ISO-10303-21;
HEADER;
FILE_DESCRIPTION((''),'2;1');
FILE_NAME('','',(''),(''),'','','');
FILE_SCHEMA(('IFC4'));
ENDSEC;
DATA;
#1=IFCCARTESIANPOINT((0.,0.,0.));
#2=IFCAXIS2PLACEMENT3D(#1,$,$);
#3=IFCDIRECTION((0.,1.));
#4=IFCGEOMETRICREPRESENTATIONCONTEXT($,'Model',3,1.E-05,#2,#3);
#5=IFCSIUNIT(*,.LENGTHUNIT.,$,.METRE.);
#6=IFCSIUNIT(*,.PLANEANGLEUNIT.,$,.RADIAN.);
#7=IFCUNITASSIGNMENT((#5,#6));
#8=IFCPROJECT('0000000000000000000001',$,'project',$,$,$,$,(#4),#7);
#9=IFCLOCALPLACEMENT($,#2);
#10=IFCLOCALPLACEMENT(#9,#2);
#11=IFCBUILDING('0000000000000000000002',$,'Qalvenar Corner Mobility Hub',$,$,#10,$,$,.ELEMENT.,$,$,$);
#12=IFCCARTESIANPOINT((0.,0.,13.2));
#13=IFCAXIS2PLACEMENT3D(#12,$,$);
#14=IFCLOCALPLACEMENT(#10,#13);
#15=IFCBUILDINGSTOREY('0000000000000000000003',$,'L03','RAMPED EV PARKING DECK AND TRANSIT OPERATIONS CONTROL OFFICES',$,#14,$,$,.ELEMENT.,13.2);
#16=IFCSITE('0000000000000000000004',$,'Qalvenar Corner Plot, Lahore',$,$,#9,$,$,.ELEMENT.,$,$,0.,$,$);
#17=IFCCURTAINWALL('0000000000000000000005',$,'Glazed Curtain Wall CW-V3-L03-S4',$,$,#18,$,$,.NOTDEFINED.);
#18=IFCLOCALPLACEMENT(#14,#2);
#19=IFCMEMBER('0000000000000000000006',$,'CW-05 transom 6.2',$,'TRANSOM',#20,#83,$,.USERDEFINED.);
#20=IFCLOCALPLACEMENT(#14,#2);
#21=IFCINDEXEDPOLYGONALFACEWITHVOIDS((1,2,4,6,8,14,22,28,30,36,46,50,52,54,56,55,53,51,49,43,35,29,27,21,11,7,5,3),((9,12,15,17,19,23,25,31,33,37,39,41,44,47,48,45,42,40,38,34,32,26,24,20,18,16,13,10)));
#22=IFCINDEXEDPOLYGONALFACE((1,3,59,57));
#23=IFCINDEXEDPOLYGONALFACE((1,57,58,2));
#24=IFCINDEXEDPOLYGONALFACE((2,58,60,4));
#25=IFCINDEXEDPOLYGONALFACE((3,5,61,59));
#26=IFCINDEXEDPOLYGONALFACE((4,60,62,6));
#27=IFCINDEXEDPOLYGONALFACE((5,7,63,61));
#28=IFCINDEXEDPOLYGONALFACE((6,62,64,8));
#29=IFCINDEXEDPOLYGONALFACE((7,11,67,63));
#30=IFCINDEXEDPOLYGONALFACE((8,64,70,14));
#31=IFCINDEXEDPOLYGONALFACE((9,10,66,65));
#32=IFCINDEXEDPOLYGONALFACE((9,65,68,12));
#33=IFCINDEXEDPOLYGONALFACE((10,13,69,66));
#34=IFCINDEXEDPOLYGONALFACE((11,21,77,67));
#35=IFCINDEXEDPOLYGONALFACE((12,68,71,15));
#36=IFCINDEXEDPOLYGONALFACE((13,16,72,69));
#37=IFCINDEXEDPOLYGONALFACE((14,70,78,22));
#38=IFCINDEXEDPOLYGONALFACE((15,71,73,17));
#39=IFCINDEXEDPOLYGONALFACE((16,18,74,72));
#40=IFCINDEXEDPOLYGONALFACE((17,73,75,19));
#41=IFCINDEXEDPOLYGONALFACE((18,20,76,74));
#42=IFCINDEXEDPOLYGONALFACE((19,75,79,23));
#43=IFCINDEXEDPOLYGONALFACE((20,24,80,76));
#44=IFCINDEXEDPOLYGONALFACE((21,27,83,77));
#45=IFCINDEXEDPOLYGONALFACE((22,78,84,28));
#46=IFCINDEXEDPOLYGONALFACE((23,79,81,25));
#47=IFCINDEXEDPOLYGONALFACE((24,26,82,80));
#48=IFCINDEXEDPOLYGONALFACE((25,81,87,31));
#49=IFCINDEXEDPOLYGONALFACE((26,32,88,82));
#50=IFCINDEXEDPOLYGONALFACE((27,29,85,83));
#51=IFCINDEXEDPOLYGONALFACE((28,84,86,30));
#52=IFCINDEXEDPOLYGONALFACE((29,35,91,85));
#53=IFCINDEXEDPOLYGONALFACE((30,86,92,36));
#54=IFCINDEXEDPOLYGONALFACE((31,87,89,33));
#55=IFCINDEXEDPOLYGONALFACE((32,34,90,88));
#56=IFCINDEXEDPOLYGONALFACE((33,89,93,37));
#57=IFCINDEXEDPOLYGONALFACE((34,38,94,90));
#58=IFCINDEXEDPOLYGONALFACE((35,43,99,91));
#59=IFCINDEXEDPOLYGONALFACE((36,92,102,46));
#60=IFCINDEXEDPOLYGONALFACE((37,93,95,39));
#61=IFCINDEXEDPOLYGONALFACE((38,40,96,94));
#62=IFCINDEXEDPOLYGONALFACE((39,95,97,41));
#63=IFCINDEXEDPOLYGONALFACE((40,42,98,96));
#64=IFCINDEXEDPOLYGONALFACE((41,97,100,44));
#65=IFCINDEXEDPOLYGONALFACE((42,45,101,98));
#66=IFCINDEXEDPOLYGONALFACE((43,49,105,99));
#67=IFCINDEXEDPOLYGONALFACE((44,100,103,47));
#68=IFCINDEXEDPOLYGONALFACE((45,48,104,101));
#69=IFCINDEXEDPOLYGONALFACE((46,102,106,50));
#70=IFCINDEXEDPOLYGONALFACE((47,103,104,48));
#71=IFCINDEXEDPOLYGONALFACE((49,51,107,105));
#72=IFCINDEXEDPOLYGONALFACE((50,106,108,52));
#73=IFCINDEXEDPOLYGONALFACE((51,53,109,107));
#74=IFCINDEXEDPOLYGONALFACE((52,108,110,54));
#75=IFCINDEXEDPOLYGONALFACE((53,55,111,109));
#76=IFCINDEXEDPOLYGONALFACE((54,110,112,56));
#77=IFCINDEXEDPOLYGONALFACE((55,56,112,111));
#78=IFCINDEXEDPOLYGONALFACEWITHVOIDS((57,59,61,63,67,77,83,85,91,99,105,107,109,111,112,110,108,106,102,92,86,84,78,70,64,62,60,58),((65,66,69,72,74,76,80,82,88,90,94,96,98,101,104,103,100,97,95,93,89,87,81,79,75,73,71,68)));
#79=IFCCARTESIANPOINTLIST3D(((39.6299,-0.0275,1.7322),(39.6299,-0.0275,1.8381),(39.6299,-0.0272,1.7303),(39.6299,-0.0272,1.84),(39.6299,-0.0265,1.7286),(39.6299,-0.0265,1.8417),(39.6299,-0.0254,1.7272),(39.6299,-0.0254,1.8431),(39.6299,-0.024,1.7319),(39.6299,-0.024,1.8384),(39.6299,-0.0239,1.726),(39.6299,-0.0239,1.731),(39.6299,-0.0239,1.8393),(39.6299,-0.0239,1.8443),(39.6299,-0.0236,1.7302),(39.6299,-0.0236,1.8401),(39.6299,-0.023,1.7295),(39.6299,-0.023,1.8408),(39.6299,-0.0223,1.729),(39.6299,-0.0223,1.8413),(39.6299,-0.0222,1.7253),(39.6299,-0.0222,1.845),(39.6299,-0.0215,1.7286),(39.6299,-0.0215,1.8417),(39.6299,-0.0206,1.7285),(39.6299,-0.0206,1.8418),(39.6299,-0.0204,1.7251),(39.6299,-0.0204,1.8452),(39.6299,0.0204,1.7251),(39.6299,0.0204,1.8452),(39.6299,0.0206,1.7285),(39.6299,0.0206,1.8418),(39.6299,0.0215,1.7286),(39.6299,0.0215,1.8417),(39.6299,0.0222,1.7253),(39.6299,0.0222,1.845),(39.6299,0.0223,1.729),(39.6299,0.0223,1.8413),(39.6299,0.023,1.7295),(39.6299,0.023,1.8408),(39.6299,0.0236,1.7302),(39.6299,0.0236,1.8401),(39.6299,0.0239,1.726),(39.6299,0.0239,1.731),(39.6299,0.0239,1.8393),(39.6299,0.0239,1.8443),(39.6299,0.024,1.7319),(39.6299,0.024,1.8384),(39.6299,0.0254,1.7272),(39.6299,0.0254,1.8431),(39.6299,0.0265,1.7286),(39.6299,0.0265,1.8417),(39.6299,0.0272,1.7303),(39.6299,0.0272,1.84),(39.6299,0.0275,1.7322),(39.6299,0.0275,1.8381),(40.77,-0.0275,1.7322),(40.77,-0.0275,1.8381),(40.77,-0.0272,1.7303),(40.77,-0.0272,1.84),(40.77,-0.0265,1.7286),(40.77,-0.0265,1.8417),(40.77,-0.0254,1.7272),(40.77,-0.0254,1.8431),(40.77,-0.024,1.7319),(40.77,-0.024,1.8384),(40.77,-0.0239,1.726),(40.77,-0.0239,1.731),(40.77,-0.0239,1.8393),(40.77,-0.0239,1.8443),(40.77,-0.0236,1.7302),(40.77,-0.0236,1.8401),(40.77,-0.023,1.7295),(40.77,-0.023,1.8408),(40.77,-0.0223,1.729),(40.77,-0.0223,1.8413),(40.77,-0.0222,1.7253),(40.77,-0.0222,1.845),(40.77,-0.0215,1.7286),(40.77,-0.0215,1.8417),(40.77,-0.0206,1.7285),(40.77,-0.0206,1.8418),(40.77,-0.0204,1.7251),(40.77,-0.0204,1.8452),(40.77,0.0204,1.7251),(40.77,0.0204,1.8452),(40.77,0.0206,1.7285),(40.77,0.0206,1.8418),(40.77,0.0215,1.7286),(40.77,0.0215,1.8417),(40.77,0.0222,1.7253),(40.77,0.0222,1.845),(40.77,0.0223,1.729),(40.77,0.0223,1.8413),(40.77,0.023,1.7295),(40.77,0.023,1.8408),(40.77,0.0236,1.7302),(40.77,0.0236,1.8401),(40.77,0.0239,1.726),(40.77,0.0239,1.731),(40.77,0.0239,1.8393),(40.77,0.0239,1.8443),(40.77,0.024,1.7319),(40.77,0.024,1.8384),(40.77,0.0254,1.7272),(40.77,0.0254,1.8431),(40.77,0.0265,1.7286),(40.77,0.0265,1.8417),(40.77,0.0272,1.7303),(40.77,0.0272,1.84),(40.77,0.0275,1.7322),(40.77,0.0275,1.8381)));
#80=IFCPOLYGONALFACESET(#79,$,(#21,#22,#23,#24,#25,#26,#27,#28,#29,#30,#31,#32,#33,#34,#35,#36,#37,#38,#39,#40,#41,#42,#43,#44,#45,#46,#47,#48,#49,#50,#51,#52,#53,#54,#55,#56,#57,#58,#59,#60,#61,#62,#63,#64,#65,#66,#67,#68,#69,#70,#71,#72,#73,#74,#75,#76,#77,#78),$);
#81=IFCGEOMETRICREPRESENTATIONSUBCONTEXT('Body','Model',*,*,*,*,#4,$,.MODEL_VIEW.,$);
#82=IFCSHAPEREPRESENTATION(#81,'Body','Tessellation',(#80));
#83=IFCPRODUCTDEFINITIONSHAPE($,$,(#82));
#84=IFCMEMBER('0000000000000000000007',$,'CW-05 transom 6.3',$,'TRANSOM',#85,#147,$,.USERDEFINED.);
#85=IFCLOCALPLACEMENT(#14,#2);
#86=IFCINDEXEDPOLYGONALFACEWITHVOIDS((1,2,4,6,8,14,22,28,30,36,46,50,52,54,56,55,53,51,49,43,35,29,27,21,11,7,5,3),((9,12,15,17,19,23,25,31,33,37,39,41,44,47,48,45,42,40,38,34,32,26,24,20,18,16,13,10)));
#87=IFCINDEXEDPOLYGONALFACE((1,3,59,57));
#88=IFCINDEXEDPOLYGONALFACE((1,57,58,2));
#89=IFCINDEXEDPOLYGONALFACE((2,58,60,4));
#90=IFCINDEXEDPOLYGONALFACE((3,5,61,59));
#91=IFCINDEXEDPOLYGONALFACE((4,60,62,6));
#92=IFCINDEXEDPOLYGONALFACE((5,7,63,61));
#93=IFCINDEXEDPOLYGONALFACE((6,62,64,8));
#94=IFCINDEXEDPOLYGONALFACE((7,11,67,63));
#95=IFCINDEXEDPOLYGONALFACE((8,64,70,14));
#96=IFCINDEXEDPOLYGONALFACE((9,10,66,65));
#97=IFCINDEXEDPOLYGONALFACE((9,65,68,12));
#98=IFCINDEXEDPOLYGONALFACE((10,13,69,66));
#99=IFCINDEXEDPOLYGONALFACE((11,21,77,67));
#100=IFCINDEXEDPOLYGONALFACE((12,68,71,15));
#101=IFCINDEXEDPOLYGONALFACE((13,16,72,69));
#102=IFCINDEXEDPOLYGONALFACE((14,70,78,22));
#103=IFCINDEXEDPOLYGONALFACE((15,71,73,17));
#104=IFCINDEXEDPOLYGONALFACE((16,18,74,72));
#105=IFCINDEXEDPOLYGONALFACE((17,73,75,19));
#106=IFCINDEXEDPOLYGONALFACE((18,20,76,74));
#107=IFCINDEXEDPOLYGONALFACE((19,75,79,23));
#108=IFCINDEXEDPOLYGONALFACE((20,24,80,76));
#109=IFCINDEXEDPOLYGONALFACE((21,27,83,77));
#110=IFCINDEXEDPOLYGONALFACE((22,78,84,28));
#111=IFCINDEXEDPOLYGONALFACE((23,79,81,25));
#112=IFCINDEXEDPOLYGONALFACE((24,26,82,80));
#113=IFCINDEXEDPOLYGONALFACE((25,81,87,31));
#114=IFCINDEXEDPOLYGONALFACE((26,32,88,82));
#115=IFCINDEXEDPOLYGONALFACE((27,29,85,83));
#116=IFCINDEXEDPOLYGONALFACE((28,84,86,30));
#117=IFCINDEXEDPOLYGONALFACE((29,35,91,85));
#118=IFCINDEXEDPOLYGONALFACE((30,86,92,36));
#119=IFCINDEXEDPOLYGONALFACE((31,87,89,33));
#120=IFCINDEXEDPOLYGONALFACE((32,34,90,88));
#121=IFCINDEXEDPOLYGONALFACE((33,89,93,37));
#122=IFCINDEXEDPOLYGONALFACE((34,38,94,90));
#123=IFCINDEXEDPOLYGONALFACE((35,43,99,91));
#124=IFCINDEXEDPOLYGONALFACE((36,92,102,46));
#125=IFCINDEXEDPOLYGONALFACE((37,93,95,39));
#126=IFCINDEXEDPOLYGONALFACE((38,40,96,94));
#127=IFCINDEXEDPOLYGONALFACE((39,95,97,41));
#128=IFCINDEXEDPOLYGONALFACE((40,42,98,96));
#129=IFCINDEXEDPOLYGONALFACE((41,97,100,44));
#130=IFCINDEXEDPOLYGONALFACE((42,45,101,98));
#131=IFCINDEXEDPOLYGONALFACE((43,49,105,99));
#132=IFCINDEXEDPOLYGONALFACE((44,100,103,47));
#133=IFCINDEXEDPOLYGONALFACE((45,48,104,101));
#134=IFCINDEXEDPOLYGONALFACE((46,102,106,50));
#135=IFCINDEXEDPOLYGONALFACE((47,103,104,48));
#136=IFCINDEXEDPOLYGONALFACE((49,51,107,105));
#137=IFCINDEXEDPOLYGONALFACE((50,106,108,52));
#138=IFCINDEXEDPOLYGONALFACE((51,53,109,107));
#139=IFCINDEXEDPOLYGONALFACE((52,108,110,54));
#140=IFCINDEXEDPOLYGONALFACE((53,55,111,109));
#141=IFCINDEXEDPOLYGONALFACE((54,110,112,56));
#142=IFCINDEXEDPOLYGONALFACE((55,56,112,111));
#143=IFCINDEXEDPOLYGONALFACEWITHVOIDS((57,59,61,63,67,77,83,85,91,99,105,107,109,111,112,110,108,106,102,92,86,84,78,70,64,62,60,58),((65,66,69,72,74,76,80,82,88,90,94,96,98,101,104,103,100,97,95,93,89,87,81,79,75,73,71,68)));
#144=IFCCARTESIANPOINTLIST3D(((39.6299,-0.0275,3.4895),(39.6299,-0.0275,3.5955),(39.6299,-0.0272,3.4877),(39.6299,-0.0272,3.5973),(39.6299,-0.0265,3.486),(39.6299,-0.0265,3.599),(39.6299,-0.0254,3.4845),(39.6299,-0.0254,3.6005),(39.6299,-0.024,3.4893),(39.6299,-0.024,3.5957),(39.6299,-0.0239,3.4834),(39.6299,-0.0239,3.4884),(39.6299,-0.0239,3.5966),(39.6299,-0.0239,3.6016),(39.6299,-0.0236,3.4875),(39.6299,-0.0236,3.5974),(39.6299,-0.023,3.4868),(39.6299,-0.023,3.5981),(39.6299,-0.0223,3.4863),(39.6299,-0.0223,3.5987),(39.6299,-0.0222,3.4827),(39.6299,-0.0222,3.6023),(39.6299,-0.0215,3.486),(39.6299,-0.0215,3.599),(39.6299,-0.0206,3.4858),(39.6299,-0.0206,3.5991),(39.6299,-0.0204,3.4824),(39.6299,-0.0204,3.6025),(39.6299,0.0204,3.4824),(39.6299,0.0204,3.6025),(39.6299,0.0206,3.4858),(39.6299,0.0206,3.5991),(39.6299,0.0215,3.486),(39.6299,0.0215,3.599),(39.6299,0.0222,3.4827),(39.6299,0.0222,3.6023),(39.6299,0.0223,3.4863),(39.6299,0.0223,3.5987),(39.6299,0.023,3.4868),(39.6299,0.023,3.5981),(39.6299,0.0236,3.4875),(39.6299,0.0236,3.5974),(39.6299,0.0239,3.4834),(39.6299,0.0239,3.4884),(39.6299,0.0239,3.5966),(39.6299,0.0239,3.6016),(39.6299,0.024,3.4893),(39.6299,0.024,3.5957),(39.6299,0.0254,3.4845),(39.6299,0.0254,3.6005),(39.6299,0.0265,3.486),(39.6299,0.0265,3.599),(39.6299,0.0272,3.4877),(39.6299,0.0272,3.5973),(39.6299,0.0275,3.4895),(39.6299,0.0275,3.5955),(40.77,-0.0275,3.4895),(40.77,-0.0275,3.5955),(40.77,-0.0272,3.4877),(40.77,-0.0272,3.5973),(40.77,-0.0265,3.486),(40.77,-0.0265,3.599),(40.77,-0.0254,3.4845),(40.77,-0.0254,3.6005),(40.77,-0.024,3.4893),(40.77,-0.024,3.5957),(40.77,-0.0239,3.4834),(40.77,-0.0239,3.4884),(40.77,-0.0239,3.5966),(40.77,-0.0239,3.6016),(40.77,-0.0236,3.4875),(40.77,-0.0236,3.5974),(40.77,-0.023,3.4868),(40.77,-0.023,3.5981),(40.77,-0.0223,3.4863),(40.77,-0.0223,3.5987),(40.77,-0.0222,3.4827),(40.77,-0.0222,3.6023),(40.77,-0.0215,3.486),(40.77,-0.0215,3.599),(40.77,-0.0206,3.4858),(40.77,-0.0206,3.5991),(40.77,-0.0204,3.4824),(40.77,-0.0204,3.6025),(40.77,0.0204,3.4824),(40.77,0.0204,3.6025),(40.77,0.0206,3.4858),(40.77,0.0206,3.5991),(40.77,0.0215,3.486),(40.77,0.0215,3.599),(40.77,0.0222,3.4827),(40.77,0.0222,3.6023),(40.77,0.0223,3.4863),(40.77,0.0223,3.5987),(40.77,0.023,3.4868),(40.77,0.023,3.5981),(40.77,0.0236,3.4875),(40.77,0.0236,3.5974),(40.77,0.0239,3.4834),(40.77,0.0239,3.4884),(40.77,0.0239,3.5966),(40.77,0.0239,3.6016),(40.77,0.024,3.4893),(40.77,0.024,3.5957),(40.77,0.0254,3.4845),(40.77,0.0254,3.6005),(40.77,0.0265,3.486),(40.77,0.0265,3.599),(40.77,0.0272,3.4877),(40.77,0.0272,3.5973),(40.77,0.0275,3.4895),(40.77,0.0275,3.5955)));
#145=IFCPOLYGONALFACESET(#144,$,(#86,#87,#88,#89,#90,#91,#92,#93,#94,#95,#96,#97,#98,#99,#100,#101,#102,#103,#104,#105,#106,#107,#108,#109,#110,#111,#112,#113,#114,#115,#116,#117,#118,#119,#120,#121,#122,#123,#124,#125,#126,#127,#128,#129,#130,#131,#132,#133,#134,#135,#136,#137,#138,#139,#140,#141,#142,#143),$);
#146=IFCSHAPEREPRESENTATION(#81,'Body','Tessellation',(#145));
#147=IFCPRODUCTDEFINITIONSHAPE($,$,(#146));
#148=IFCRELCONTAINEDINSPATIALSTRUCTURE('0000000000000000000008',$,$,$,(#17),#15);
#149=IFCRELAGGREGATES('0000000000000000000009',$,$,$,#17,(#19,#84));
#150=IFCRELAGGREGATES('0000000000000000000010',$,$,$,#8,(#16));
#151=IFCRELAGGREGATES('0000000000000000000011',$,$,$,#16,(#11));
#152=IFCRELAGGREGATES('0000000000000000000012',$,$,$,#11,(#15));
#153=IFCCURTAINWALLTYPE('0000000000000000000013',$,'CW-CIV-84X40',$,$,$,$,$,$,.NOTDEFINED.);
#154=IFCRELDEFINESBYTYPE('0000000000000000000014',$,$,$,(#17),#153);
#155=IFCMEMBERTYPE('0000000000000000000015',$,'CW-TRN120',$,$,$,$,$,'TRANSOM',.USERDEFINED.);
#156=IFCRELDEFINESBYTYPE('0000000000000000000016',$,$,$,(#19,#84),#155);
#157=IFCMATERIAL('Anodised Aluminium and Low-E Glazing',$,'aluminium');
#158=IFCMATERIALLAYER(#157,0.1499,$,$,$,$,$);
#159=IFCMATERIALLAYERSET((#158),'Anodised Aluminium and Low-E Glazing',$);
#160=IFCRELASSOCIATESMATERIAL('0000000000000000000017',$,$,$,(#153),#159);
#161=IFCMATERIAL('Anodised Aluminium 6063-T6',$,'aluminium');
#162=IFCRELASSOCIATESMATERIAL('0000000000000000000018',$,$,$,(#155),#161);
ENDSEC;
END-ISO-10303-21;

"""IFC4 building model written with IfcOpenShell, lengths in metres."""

from ifc_helpers import new_model, si_unit, direction, frame, origin, origin_2d, place, context, subcontext, project, spatial, hollow_rectangle, extrude, material, layer, layer_set, material_profile, profile_set, type_object, element, aggregate, save


model = new_model("IFC4")

# Units and contexts
model_context = context("Model", 3, precision=1e-05, world=origin(), true_north=direction((0.0, 1.0)))
body_context = subcontext(model_context, "Body", "Model", "MODEL_VIEW")
ifc_project = project(units=[si_unit("LENGTHUNIT", "METRE"), si_unit("PLANEANGLEUNIT", "RADIAN")], contexts=[model_context])

# Site, building, storey
site_placement = place(None, origin())
site = spatial("IfcSite", under=ifc_project, at=site_placement, Name="Qalvenar Corner Plot, Lahore", CompositionType="ELEMENT", RefElevation=0.0)
building_placement = place(site_placement, origin())
building = spatial("IfcBuilding", under=site, at=building_placement, Name="Qalvenar Corner Mobility Hub", CompositionType="ELEMENT")
storey_placement = place(building_placement, frame((0.0, 0.0, 13.2)))
storey = spatial("IfcBuildingStorey", under=building, at=storey_placement, Name="L03", Description="RAMPED EV PARKING DECK AND TRANSIT OPERATIONS CONTROL OFFICES", CompositionType="ELEMENT", Elevation=13.2)

# Curtain wall, members
ifc_material_1 = material(Name="Anodised Aluminium and Low-E Glazing", Category="aluminium")
ifc_layer_1 = layer(ifc_material_1, 0.1499)
ifc_layer_set_1 = layer_set([ifc_layer_1], Name="Anodised Aluminium and Low-E Glazing")
curtain_wall_type = type_object("IfcCurtainWallType", Name="CW-CIV-84X40", PredefinedType="NOTDEFINED", material=ifc_layer_set_1)
curtain_wall_placement = place(storey_placement, origin())
curtain_wall = element("IfcCurtainWall", 1, at=curtain_wall_placement, inside=storey, type_object=curtain_wall_type, Name="Glazed Curtain Wall CW-V3-L03-S4", PredefinedType="NOTDEFINED")
ifc_material_2 = material(Name="Anodised Aluminium 6063-T6", Category="aluminium")
ifc_material_profile_1 = material_profile(ifc_material_2, hollow_rectangle(XDim=0.0549, YDim=0.1201, WallThickness=0.0034, InnerFilletRadius=0.0034, OuterFilletRadius=0.0071, at=origin_2d()), Name="RHS120x55x3.5")
ifc_profile_set_1 = profile_set([ifc_material_profile_1], Name="Anodised Aluminium 6063-T6")
member_type_1 = type_object("IfcMemberType", Name="CW-TRN120", ElementType="TRANSOM", PredefinedType="USERDEFINED", material=ifc_profile_set_1)
member_1_placement = place(storey_placement, frame((39.6299, 0.0, 1.7852), z_axis=(1.0, 0.0, 0.0), x_axis=(0.0, 1.0, 0.0)))
member_1 = element("IfcMember", 2, at=member_1_placement, type_object=member_type_1, Name="CW-05 transom 6.2", ObjectType="TRANSOM", PredefinedType="USERDEFINED", context=body_context, shape_type="SweptSolid", body=[
    extrude(hollow_rectangle(XDim=0.0549, YDim=0.1201, WallThickness=0.0034, InnerFilletRadius=0.0034, OuterFilletRadius=0.0071, at=origin_2d()), origin(), (0.0, 0.0, 1.0), 1.1401),
])
member_2_placement = place(storey_placement, frame((39.6299, 0.0, 3.5425), z_axis=(1.0, 0.0, 0.0), x_axis=(0.0, 1.0, 0.0)))
member_2 = element("IfcMember", 3, at=member_2_placement, type_object=member_type_1, Name="CW-05 transom 6.3", ObjectType="TRANSOM", PredefinedType="USERDEFINED", context=body_context, shape_type="SweptSolid", body=[
    extrude(hollow_rectangle(XDim=0.0549, YDim=0.1201, WallThickness=0.0034, InnerFilletRadius=0.0034, OuterFilletRadius=0.0071, at=origin_2d()), origin(), (0.0, 0.0, 1.0), 1.1401),
])
aggregate(curtain_wall, [member_1, member_2])

save(model, "model.ifc")
